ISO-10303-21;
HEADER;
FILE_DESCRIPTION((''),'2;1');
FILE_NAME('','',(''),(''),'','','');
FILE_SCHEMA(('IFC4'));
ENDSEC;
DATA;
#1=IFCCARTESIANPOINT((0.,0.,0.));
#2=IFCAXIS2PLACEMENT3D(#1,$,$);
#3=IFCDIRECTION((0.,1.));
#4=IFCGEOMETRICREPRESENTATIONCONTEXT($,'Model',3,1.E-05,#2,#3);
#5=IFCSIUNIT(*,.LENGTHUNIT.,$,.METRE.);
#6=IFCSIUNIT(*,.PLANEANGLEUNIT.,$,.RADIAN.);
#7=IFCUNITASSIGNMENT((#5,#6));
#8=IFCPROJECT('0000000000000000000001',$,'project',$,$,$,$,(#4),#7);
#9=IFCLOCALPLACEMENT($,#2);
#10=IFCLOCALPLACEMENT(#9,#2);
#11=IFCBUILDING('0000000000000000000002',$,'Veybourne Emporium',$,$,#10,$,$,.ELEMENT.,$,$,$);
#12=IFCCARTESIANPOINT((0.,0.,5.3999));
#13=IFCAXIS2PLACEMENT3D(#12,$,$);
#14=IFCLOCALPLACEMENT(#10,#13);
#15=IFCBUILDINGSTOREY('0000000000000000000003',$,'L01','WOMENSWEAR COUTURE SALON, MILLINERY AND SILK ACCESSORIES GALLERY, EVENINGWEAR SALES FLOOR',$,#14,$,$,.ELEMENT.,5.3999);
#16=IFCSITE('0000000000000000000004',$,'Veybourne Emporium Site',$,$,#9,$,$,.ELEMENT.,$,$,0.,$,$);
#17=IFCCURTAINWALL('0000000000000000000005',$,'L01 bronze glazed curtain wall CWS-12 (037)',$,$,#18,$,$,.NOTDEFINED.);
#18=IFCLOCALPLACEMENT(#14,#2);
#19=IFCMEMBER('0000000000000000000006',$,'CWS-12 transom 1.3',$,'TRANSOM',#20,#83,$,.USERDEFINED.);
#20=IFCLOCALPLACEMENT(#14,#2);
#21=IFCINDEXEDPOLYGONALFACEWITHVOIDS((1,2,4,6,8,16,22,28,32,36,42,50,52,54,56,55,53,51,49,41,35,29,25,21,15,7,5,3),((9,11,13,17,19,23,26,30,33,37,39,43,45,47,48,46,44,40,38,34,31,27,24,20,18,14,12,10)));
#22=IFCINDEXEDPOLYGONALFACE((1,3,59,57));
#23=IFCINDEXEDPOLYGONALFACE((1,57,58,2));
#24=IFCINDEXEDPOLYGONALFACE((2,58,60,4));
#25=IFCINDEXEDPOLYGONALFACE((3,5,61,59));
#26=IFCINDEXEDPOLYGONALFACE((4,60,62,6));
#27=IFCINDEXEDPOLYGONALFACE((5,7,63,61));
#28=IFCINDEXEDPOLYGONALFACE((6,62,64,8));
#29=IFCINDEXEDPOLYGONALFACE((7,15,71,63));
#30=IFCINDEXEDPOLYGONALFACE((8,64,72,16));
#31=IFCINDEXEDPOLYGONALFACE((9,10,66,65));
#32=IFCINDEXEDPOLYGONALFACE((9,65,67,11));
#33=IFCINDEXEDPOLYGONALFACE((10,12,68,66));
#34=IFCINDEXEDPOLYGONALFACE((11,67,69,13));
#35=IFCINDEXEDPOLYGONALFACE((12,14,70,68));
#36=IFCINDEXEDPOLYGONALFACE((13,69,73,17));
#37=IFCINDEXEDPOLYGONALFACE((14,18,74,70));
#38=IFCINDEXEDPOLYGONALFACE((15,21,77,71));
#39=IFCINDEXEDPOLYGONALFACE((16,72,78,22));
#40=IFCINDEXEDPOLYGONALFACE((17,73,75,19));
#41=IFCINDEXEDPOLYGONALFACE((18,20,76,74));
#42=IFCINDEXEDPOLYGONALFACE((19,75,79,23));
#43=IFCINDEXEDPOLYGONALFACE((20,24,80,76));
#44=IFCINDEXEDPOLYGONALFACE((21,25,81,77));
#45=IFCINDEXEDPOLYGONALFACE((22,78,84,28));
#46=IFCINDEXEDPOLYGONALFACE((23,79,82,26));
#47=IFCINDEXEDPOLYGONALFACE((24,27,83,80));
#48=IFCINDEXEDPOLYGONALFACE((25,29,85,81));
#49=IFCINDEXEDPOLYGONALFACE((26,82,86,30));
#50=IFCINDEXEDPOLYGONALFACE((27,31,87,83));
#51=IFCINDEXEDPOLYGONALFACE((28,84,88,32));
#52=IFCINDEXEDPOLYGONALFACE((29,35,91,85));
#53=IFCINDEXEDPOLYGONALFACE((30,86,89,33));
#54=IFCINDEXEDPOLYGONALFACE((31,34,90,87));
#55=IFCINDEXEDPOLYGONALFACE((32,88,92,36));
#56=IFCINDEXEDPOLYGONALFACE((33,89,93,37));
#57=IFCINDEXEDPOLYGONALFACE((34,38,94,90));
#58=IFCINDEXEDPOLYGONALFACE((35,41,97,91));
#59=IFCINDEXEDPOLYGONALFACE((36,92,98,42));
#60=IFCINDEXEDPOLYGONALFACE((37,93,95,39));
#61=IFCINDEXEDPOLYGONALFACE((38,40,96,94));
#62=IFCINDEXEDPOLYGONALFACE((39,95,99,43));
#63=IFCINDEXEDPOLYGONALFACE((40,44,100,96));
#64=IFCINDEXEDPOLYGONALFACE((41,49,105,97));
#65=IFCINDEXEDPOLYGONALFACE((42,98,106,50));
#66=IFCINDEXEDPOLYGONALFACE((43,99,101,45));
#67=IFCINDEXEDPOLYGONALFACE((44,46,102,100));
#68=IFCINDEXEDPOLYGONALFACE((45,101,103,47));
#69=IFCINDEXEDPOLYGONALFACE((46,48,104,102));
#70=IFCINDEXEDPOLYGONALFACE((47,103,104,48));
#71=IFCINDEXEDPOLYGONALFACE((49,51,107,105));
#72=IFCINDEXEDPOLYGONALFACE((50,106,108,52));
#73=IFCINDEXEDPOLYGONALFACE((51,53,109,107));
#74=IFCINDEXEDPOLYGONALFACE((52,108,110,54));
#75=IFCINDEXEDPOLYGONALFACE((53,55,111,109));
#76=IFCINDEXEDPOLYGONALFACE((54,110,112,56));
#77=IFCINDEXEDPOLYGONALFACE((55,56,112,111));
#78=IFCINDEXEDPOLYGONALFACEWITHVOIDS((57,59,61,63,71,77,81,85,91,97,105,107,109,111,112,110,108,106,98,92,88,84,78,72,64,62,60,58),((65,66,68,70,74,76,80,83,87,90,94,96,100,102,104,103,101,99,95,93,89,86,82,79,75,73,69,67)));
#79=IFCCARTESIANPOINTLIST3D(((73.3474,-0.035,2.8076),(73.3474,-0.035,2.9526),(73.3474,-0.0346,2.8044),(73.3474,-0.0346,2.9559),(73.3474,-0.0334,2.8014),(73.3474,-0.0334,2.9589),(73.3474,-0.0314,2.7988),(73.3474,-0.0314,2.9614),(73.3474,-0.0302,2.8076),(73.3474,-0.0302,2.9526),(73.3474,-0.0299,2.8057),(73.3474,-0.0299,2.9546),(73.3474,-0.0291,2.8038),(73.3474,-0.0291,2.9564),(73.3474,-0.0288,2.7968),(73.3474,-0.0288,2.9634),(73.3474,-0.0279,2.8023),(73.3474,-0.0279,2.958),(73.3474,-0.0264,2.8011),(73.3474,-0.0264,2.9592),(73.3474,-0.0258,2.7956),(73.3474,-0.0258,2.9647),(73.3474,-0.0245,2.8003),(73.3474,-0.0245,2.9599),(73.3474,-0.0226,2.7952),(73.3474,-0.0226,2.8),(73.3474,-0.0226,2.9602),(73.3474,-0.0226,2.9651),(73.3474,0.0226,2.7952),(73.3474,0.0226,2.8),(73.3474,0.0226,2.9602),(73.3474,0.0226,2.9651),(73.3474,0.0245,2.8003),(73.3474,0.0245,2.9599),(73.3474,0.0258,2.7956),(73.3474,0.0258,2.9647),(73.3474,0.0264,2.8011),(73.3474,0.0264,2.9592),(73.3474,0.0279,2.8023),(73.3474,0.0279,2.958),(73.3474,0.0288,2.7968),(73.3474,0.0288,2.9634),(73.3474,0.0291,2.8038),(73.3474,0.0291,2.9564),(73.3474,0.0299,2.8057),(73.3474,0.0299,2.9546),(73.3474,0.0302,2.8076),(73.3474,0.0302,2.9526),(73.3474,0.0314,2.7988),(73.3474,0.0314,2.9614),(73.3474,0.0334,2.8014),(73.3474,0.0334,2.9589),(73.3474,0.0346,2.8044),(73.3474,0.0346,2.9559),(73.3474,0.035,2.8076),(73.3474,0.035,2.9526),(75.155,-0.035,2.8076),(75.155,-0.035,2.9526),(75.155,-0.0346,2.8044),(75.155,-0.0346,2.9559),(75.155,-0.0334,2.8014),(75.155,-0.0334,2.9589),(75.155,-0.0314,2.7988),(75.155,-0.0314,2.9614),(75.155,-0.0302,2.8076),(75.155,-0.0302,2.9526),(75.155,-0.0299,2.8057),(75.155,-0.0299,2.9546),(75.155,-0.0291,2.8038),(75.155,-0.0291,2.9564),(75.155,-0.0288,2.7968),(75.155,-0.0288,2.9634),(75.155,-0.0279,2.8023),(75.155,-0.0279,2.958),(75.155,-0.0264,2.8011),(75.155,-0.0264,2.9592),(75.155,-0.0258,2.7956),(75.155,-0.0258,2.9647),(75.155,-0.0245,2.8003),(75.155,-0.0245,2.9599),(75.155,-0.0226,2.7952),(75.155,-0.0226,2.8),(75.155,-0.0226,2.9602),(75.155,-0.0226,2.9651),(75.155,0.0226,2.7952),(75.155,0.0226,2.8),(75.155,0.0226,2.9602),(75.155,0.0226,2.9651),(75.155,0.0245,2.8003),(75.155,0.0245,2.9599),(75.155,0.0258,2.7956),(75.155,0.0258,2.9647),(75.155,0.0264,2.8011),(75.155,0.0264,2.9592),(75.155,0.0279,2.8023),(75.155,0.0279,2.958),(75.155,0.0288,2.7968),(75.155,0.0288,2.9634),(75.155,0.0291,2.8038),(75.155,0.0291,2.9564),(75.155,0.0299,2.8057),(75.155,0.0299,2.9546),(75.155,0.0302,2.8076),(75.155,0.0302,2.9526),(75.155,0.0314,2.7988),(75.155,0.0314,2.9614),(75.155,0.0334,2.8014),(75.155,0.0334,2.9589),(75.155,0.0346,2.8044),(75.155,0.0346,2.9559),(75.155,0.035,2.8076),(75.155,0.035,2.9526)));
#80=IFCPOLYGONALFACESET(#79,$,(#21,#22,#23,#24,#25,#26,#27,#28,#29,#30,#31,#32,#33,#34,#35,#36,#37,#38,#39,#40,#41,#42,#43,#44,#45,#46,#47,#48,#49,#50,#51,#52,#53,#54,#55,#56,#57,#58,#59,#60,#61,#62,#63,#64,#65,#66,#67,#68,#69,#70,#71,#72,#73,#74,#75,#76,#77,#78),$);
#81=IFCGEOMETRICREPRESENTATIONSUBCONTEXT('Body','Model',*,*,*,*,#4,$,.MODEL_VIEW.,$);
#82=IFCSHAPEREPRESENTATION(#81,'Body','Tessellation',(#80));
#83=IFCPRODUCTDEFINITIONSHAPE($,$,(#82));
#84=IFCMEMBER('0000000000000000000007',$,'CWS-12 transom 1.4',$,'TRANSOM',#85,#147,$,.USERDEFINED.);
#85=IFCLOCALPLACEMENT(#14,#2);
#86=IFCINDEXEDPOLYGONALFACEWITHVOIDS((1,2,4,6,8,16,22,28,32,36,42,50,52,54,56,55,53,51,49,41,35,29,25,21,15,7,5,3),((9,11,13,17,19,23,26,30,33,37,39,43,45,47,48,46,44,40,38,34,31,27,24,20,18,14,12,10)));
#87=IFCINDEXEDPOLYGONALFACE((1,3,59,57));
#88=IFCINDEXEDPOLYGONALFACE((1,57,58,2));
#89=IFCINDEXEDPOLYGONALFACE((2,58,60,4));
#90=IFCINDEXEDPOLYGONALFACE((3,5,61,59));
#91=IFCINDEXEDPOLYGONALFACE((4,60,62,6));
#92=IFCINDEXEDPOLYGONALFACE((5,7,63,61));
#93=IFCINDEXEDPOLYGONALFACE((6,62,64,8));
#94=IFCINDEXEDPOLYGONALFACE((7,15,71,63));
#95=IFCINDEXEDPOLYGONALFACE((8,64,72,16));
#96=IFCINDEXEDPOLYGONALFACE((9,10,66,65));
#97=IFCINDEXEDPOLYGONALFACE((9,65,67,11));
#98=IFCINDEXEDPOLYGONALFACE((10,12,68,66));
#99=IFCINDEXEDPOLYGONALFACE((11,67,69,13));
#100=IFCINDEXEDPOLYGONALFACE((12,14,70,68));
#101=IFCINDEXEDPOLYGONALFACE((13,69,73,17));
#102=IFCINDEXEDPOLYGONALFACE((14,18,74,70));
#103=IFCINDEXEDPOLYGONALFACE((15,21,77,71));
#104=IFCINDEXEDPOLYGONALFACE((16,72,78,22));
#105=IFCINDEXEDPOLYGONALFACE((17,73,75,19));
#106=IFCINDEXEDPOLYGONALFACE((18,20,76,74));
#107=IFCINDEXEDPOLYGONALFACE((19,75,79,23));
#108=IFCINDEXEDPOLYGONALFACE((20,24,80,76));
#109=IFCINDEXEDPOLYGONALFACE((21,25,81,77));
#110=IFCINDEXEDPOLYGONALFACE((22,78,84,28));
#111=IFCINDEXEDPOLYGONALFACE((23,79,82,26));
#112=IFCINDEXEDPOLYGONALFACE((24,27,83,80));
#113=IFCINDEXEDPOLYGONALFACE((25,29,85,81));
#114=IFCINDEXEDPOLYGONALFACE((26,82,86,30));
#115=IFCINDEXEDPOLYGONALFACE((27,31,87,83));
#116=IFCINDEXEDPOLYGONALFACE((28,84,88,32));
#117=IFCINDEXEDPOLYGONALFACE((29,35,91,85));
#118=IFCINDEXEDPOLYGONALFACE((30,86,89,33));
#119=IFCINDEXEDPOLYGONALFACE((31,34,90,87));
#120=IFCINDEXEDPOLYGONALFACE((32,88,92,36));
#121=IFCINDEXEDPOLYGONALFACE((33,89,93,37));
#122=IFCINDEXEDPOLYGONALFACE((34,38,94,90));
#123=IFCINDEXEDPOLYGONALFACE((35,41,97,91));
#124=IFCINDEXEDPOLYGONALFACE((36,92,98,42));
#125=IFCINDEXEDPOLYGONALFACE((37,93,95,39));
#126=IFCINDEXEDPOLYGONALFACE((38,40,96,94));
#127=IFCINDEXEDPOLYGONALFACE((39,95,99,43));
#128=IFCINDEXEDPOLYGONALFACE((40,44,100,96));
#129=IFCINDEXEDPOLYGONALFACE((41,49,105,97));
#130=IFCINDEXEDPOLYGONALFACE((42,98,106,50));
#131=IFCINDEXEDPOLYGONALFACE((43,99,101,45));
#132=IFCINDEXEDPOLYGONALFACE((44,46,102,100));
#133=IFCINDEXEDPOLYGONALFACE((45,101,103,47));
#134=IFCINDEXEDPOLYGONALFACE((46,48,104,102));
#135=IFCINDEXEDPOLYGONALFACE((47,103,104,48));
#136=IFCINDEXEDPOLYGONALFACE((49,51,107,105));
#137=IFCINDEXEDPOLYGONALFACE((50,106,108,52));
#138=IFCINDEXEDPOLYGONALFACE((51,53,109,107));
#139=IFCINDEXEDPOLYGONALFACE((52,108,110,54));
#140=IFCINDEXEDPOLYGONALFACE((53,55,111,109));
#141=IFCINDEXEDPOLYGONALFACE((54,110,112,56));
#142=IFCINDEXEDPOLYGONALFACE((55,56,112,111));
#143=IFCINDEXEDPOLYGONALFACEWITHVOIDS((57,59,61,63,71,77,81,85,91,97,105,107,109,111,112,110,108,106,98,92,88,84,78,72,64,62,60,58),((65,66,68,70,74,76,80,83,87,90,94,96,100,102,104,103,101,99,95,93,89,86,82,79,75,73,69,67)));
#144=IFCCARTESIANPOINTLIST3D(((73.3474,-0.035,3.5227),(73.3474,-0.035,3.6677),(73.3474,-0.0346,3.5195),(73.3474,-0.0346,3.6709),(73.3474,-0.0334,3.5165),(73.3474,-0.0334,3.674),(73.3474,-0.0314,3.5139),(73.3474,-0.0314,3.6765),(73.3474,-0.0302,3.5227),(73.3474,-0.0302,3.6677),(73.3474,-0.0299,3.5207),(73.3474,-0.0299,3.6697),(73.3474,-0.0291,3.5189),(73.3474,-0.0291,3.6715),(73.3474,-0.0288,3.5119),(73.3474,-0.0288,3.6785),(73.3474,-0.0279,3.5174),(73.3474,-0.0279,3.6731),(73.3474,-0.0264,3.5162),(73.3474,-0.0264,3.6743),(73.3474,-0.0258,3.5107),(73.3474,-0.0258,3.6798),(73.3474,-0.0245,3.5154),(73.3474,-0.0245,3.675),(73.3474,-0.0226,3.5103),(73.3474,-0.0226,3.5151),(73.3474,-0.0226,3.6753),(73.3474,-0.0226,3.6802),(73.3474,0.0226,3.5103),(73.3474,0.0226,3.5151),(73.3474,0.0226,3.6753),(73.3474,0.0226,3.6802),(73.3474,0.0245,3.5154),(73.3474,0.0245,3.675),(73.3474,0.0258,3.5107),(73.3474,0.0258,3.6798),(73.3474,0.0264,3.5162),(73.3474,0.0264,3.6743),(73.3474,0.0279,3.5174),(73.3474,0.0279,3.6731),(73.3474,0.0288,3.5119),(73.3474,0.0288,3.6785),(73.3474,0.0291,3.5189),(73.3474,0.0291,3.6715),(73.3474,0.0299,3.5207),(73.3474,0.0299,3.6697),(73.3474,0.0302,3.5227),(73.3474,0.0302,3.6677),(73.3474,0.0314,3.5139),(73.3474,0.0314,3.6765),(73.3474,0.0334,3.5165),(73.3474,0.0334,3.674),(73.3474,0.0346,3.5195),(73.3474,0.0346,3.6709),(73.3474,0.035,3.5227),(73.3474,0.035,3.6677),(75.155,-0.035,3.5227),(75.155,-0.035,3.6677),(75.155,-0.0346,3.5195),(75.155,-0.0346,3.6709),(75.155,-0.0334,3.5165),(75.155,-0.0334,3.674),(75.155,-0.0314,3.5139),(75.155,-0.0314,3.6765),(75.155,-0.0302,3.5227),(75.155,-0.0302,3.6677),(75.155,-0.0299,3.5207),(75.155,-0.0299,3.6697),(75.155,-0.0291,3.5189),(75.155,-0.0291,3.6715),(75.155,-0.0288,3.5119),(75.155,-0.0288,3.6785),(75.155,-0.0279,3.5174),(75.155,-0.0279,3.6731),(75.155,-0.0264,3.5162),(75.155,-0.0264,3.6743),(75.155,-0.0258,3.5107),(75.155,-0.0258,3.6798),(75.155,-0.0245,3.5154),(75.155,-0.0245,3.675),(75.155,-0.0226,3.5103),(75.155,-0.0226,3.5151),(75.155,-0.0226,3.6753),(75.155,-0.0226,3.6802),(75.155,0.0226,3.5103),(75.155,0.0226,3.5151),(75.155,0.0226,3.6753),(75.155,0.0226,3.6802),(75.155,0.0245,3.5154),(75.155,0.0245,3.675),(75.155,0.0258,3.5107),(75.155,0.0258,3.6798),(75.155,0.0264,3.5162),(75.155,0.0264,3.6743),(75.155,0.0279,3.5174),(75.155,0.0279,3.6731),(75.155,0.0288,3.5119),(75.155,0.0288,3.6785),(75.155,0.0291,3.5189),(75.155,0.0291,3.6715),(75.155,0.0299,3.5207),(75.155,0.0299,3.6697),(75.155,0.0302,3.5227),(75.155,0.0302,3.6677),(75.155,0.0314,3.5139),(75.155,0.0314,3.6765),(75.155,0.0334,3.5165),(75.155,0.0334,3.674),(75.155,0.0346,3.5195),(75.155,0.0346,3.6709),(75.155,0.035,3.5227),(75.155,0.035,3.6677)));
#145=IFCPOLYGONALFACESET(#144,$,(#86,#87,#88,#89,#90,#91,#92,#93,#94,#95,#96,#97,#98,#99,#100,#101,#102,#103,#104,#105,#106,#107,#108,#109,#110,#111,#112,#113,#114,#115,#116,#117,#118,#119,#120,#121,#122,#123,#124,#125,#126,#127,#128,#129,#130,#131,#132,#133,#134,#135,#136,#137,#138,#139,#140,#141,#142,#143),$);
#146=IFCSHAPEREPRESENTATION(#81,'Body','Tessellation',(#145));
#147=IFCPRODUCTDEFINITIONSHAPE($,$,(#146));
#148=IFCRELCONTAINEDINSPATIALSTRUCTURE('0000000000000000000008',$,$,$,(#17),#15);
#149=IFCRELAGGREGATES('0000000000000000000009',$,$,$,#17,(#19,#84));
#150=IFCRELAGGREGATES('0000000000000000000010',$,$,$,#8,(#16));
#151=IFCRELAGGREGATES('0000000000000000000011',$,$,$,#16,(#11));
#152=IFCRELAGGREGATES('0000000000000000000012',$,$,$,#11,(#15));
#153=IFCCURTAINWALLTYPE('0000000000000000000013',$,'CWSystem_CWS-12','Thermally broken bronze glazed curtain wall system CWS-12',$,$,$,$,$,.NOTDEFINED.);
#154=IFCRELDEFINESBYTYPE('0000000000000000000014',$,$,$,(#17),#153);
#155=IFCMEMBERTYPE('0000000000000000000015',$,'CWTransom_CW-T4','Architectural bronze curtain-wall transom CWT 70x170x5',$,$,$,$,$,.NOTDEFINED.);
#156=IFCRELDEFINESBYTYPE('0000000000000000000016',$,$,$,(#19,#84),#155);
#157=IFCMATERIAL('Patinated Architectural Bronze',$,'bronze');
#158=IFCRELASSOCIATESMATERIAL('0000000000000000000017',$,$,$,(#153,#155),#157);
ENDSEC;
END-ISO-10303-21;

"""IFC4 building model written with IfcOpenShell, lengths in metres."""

from ifc_helpers import new_model, si_unit, direction, frame, origin, origin_2d, place, context, subcontext, project, spatial, hollow_rectangle, extrude, material, material_profile, profile_set, type_object, element, aggregate, save


model = new_model("IFC4")

# Units and contexts
model_context = context("Model", 3, precision=1e-05, world=origin(), true_north=direction((0.0, 1.0)))
body_context = subcontext(model_context, "Body", "Model", "MODEL_VIEW")
ifc_project = project(units=[si_unit("LENGTHUNIT", "METRE"), si_unit("PLANEANGLEUNIT", "RADIAN")], contexts=[model_context])

# Site, building, storey
site_placement = place(None, origin())
site = spatial("IfcSite", under=ifc_project, at=site_placement, Name="Veybourne Emporium Site", CompositionType="ELEMENT", RefElevation=0.0)
building_placement = place(site_placement, origin())
building = spatial("IfcBuilding", under=site, at=building_placement, Name="Veybourne Emporium", CompositionType="ELEMENT")
storey_placement = place(building_placement, frame((0.0, 0.0, 5.3999)))
storey = spatial("IfcBuildingStorey", under=building, at=storey_placement, Name="L01", Description="WOMENSWEAR COUTURE SALON, MILLINERY AND SILK ACCESSORIES GALLERY, EVENINGWEAR SALES FLOOR", CompositionType="ELEMENT", Elevation=5.3999)

# Curtain wall, members
ifc_material_1 = material(Name="Patinated Architectural Bronze", Category="bronze")
curtain_wall_type = type_object("IfcCurtainWallType", Name="CWSystem_CWS-12", Description="Thermally broken bronze glazed curtain wall system CWS-12", PredefinedType="NOTDEFINED", material=ifc_material_1)
curtain_wall_placement = place(storey_placement, origin())
curtain_wall = element("IfcCurtainWall", 1, at=curtain_wall_placement, inside=storey, type_object=curtain_wall_type, Name="L01 bronze glazed curtain wall CWS-12 (037)", PredefinedType="NOTDEFINED")
ifc_material_profile_1 = material_profile(ifc_material_1, hollow_rectangle(XDim=0.0701, YDim=0.1699, WallThickness=0.0049, InnerFilletRadius=0.0076, OuterFilletRadius=0.0125, at=origin_2d()), Name="CWT 70x170x5")
ifc_profile_set_1 = profile_set([ifc_material_profile_1], Name="Patinated Architectural Bronze")
member_type_1 = type_object("IfcMemberType", Name="CWTransom_CW-T4", Description="Architectural bronze curtain-wall transom CWT 70x170x5", PredefinedType="NOTDEFINED", material=ifc_profile_set_1)
member_1_placement = place(storey_placement, frame((75.155, 0.0, 2.8801), z_axis=(-1.0, 0.0, 0.0), x_axis=(0.0, -1.0, 0.0)))
member_1 = element("IfcMember", 2, at=member_1_placement, type_object=member_type_1, Name="CWS-12 transom 1.3", ObjectType="TRANSOM", PredefinedType="USERDEFINED", context=body_context, shape_type="SweptSolid", body=[
    extrude(hollow_rectangle(XDim=0.0701, YDim=0.1699, WallThickness=0.0049, InnerFilletRadius=0.0076, OuterFilletRadius=0.0125, at=origin_2d()), origin(), (0.0, 0.0, 1.0), 1.8076),
])
member_2_placement = place(storey_placement, frame((75.155, 0.0, 3.5952), z_axis=(-1.0, 0.0, 0.0), x_axis=(0.0, -1.0, 0.0)))
member_2 = element("IfcMember", 3, at=member_2_placement, type_object=member_type_1, Name="CWS-12 transom 1.4", ObjectType="TRANSOM", PredefinedType="USERDEFINED", context=body_context, shape_type="SweptSolid", body=[
    extrude(hollow_rectangle(XDim=0.0701, YDim=0.1699, WallThickness=0.0049, InnerFilletRadius=0.0076, OuterFilletRadius=0.0125, at=origin_2d()), origin(), (0.0, 0.0, 1.0), 1.8076),
])

aggregate(curtain_wall, [member_1, member_2])

save(model, "model.ifc")
